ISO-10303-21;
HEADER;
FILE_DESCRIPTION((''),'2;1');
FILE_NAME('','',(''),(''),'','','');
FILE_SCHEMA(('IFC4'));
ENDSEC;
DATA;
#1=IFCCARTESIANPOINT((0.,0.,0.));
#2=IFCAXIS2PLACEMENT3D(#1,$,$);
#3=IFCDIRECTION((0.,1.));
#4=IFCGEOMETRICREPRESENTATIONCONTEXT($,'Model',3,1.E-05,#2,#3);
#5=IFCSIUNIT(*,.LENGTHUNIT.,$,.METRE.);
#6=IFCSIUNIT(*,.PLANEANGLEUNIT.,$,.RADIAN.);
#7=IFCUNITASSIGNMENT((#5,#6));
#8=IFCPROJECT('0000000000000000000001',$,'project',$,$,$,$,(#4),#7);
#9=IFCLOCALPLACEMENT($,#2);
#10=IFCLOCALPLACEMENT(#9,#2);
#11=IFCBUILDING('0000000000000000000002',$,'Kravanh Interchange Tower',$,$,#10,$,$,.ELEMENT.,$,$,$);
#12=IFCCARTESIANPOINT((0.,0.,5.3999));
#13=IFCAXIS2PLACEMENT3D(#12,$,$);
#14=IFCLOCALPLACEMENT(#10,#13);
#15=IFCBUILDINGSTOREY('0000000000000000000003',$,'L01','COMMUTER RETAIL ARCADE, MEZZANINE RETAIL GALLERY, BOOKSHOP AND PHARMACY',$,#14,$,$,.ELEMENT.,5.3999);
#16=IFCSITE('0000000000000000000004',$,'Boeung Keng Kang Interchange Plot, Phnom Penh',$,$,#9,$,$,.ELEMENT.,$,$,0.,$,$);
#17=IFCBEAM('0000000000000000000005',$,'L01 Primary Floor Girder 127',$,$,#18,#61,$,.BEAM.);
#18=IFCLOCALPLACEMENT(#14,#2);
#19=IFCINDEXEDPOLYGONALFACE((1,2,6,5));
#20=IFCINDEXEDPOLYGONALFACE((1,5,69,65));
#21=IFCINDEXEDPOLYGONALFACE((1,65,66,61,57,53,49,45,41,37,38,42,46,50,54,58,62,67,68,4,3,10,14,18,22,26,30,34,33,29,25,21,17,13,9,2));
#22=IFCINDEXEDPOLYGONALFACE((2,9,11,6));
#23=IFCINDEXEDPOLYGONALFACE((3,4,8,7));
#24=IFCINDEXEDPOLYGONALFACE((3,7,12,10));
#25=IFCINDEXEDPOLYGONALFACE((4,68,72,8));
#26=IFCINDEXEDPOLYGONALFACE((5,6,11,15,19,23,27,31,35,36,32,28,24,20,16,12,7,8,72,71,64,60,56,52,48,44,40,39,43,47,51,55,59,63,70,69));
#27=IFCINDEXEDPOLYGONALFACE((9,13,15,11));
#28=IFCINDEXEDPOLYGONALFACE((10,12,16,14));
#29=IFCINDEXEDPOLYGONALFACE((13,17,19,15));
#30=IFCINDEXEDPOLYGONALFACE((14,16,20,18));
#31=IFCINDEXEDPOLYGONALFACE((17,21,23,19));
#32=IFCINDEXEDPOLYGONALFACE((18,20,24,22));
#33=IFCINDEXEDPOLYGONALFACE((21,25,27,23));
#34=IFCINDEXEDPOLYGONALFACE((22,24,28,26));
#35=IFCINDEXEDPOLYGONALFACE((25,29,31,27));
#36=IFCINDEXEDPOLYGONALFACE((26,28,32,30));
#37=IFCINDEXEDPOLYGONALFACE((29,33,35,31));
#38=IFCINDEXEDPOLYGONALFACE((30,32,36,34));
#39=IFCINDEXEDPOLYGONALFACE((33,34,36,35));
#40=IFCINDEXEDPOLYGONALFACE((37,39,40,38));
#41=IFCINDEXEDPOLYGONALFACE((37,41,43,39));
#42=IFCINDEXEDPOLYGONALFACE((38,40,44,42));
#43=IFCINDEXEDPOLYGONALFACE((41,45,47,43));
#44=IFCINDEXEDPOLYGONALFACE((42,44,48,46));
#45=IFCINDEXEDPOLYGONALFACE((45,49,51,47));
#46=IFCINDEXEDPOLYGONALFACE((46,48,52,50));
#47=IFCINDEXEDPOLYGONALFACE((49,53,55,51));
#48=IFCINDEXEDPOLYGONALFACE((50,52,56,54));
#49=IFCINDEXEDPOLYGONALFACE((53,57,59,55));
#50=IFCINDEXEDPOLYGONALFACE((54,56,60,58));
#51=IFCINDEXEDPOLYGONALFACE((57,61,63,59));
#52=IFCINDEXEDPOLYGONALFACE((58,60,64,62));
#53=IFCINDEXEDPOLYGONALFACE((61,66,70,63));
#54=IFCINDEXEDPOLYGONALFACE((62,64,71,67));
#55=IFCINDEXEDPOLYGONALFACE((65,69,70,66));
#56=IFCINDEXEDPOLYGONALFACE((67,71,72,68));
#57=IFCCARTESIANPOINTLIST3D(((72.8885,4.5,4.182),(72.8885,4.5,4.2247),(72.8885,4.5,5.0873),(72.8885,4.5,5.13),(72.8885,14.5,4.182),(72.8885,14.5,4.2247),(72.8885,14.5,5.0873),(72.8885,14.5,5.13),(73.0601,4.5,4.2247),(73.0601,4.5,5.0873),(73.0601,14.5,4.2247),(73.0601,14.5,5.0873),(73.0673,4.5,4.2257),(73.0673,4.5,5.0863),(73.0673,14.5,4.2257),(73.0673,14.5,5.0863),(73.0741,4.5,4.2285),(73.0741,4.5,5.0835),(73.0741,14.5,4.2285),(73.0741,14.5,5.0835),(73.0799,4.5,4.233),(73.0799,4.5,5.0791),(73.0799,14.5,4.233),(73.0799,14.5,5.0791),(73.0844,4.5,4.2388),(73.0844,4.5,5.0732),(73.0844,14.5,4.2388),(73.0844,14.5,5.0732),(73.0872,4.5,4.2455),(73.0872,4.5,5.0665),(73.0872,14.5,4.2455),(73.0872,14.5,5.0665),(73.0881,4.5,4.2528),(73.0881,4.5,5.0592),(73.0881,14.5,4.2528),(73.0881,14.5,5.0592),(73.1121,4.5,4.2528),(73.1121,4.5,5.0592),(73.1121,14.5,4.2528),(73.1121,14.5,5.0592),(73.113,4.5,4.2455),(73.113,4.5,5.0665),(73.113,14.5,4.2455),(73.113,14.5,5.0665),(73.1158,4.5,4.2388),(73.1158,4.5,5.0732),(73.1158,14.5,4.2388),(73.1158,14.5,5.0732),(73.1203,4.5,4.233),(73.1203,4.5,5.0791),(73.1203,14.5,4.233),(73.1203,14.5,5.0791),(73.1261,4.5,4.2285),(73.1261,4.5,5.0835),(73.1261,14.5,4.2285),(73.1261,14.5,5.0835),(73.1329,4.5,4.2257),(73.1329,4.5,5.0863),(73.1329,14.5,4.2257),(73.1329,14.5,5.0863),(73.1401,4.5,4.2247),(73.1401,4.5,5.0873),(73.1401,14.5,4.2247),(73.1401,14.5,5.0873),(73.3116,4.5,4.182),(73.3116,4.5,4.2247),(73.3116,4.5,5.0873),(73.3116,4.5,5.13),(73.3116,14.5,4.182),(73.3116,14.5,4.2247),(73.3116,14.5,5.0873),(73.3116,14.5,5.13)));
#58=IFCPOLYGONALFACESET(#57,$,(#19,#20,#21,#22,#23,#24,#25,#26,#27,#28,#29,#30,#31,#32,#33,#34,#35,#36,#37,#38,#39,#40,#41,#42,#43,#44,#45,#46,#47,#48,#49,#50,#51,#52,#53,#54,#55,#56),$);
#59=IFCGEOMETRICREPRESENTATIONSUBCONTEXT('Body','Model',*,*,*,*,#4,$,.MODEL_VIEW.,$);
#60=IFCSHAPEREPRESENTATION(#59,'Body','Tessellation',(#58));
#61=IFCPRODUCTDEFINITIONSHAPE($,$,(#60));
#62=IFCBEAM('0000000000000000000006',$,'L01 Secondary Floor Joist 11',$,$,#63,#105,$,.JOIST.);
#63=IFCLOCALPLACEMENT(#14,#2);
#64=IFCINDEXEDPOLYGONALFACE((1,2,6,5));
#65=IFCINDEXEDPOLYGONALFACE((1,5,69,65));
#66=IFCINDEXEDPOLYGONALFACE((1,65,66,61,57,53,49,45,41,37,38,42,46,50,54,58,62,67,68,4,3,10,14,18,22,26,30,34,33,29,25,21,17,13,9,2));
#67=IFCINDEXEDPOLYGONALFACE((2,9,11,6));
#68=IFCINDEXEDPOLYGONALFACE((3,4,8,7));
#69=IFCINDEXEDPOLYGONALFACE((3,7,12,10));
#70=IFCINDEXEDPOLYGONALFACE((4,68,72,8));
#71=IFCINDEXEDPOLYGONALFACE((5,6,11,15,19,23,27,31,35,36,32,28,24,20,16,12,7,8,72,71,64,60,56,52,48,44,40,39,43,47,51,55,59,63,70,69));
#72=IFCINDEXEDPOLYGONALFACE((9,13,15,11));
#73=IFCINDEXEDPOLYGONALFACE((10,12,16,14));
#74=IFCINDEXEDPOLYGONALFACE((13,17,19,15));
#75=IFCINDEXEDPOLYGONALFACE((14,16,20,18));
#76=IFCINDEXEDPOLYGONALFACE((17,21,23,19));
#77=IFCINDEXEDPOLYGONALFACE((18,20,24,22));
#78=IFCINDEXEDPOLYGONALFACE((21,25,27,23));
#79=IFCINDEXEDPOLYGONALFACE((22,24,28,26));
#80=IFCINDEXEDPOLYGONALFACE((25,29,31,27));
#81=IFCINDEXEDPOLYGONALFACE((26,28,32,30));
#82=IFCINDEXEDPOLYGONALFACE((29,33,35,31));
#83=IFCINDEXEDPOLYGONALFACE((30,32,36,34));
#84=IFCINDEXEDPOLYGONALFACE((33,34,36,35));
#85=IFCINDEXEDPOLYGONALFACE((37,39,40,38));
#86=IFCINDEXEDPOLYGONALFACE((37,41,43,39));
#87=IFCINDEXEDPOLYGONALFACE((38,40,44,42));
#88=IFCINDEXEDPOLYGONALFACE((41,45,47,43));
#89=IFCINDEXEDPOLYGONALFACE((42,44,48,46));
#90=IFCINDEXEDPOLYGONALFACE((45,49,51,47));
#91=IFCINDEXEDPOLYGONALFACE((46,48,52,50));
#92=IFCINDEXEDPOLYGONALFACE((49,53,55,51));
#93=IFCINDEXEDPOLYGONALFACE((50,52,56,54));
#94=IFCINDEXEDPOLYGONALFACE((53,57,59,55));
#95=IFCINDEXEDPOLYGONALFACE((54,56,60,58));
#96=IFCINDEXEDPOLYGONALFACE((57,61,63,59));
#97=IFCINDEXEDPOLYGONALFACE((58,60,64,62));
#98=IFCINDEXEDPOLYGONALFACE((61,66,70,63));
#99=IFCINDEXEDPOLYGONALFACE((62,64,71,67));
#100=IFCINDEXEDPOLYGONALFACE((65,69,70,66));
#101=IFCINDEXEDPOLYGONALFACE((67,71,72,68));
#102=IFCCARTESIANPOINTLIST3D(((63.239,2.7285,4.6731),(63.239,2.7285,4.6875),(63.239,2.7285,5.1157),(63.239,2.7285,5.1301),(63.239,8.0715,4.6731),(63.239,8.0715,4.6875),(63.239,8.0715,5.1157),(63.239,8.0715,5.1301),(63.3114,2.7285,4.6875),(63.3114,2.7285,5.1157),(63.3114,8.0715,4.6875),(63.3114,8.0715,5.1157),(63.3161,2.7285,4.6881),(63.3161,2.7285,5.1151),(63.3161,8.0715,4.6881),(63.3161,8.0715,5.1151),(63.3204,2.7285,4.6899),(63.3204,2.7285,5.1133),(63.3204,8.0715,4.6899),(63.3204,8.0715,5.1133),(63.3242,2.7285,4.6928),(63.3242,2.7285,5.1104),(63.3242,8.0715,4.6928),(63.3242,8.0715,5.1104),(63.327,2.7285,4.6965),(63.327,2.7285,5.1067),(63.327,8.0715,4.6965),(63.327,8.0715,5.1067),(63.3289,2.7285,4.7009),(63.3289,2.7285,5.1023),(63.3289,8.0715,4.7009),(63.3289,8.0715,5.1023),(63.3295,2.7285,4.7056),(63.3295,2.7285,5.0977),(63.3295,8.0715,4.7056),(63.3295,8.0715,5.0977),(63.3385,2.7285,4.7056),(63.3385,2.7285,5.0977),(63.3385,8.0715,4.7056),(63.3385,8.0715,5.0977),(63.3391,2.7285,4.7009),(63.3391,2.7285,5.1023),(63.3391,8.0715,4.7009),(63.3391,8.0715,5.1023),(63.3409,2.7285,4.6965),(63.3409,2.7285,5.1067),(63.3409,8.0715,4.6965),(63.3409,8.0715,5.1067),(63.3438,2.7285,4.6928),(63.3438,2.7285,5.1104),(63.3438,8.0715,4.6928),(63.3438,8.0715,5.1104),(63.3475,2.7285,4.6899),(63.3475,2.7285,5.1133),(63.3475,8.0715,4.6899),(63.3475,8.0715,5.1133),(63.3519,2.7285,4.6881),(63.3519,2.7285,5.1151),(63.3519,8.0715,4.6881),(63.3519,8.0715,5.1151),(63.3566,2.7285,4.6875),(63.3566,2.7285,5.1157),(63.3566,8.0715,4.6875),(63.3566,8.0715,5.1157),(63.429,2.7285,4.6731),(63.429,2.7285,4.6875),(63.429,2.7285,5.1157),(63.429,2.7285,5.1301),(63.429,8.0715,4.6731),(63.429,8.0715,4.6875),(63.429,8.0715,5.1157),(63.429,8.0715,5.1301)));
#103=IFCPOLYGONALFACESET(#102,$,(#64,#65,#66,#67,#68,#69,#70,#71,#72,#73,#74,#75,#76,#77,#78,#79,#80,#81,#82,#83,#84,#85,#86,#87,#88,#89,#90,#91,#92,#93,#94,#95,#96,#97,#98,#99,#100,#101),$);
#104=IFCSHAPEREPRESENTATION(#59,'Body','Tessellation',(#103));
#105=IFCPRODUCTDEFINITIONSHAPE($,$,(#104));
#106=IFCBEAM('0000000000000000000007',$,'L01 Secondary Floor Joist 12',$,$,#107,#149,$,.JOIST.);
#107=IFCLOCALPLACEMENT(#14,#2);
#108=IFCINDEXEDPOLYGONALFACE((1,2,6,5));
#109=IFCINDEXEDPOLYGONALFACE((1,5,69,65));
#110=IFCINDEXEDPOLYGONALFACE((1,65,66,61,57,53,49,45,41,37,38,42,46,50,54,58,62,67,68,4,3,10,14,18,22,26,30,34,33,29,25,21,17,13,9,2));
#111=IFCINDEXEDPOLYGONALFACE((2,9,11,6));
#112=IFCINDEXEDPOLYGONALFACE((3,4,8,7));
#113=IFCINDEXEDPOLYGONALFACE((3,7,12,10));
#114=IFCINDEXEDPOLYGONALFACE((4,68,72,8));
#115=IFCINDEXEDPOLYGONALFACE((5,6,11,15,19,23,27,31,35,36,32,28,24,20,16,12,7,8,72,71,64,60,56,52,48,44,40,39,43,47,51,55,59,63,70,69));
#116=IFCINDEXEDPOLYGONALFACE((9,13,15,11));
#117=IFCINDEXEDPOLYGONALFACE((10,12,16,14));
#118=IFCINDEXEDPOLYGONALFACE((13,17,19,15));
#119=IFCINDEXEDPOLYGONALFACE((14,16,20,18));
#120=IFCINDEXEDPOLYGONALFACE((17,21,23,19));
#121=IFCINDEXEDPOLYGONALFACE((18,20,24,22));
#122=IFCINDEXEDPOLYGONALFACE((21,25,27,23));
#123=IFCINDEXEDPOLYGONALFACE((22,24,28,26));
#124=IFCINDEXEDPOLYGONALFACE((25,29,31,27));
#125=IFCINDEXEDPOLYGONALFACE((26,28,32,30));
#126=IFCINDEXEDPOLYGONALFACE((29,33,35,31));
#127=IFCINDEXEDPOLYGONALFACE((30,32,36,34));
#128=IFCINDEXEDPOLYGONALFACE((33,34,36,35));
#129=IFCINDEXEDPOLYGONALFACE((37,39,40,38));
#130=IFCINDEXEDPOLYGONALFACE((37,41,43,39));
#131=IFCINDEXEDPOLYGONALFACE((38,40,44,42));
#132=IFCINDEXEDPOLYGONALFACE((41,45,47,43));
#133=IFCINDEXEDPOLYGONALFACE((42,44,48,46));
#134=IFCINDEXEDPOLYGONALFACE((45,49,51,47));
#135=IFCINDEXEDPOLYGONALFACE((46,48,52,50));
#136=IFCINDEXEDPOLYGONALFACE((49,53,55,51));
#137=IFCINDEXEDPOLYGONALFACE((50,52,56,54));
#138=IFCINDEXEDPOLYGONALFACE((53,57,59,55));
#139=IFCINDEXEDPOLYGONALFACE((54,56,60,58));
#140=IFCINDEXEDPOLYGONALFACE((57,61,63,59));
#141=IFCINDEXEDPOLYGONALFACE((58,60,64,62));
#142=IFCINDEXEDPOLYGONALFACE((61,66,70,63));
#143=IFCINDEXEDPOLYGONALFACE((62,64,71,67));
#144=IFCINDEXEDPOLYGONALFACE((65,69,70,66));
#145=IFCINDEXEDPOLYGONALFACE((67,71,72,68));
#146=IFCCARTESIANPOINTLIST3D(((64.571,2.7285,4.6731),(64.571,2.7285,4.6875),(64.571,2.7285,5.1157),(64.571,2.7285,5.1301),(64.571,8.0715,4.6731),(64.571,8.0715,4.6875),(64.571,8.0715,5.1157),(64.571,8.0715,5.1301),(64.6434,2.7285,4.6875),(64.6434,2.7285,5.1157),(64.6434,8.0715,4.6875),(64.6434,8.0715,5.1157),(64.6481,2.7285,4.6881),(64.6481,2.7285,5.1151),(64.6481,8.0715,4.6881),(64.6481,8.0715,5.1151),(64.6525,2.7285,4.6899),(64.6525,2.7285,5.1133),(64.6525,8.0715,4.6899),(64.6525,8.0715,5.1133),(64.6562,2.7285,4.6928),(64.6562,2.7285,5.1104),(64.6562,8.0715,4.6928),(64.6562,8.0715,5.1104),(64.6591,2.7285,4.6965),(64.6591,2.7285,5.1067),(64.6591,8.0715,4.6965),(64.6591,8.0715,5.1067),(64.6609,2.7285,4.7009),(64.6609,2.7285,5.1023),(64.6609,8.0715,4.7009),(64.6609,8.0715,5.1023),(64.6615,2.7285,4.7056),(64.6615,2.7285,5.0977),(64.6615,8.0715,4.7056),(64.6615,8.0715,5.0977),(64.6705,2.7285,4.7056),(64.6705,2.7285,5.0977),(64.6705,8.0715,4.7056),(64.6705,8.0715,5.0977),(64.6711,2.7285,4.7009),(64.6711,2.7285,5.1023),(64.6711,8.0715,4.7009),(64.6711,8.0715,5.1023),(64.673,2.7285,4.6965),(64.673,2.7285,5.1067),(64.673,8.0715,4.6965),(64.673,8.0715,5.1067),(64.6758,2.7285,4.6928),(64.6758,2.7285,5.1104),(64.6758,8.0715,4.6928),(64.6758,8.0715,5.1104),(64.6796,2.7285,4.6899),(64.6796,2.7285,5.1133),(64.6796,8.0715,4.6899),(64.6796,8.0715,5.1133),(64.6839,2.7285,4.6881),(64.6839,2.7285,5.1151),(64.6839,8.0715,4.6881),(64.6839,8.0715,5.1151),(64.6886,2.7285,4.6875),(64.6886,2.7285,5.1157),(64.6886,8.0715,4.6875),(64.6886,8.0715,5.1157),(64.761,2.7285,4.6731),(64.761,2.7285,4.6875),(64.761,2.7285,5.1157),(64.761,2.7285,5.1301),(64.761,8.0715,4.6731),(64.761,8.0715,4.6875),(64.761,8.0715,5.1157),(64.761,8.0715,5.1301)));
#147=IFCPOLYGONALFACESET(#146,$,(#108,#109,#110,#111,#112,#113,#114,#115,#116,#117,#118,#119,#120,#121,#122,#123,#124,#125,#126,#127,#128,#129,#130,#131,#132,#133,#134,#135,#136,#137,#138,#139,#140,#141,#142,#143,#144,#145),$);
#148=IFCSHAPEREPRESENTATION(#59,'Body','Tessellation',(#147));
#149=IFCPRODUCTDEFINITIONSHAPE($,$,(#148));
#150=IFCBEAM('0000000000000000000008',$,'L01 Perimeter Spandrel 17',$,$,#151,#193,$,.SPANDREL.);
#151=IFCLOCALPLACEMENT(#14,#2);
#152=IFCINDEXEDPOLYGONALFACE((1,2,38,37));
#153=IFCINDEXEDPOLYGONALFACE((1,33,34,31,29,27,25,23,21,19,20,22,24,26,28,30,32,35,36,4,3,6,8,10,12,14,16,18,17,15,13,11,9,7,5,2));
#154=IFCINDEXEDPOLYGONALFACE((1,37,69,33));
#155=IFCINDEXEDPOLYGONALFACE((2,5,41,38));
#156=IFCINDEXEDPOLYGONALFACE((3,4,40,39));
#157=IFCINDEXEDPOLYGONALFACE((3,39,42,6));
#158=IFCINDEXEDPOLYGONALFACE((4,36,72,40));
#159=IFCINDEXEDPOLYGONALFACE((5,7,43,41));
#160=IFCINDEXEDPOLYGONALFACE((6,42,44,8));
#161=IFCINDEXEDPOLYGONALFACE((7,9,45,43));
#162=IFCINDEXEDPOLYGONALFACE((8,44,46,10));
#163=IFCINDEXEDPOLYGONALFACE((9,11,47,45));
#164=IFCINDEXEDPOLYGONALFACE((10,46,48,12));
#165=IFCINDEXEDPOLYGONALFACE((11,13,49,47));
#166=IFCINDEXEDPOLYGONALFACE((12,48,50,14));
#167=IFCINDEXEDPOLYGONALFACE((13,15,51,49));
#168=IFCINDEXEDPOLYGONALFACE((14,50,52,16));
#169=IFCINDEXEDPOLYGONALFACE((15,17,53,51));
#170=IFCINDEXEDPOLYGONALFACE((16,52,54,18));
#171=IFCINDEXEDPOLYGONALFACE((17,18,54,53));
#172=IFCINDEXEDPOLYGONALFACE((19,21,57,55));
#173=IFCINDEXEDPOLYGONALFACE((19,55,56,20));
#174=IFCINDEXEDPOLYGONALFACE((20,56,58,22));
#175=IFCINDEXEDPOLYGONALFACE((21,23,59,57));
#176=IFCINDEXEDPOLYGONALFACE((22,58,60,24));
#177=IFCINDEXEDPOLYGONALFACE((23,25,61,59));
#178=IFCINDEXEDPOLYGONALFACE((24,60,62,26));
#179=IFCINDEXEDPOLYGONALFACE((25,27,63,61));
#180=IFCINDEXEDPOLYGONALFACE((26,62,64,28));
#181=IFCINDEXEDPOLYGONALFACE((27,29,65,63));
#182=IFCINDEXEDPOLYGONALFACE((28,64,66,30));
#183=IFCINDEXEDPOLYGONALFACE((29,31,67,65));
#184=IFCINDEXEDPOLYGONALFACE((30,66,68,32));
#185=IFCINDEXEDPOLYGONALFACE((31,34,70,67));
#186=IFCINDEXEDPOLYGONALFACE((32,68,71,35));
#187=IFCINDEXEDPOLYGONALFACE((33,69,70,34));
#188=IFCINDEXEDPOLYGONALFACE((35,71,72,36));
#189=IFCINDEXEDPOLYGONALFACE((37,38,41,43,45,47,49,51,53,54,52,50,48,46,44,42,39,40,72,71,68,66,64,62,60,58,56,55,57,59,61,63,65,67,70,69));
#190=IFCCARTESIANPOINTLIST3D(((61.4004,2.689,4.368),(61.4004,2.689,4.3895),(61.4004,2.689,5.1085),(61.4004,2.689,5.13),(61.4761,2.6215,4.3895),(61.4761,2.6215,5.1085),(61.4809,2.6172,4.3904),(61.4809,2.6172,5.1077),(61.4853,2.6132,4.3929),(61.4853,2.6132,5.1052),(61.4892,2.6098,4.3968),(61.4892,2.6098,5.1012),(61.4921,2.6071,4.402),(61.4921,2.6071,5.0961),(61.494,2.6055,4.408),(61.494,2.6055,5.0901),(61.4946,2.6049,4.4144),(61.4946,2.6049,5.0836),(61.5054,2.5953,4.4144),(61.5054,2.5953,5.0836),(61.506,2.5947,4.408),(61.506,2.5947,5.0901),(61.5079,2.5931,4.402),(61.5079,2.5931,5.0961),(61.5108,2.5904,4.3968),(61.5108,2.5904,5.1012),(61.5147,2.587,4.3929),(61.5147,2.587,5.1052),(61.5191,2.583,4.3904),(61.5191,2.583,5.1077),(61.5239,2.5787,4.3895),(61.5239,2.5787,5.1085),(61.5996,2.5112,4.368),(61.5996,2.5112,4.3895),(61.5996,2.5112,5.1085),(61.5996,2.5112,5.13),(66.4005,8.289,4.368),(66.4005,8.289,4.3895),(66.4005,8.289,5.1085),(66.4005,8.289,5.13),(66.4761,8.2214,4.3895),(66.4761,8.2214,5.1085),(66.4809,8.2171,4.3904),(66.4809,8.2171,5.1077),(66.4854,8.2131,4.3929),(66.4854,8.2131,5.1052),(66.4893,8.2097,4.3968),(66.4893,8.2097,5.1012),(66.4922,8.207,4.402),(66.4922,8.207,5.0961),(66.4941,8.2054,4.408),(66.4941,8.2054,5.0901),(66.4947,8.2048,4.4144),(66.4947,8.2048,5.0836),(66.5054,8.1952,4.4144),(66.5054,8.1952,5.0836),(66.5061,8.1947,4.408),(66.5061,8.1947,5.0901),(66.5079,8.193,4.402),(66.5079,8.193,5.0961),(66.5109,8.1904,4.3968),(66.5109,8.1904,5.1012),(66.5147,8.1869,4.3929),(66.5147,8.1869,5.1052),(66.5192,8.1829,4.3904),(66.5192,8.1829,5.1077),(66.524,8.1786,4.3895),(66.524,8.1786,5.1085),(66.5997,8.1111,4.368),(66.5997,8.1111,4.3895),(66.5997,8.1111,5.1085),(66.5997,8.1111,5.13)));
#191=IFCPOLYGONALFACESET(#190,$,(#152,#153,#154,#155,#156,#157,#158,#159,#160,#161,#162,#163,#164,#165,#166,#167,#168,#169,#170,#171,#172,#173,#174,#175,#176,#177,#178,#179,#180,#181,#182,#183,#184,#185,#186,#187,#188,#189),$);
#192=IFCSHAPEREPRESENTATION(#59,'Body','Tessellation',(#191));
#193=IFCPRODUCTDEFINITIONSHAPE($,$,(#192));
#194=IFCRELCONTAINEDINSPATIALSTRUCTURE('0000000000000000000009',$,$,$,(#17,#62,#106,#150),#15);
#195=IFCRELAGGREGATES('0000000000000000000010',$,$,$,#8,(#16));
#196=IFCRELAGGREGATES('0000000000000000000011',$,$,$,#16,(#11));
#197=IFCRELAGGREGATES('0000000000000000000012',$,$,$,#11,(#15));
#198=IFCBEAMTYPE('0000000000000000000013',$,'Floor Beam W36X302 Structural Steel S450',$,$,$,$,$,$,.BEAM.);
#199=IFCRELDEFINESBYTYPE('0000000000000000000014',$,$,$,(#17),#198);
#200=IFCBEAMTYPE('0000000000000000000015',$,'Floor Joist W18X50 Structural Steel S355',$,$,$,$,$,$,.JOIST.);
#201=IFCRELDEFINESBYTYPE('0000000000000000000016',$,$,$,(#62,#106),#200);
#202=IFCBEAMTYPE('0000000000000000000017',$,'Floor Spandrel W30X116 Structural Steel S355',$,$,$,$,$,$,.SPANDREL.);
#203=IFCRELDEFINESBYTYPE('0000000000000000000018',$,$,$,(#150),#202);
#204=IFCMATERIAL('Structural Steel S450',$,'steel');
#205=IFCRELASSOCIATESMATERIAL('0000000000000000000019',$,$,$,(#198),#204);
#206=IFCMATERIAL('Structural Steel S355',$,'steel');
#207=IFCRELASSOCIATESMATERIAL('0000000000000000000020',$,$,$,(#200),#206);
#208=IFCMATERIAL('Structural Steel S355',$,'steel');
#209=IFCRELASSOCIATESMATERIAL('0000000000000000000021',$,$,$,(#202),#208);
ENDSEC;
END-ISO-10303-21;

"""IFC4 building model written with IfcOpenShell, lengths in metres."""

from ifc_helpers import new_model, si_unit, direction, frame, origin, origin_2d, place, context, subcontext, project, spatial, i_section, extrude, material, material_profile, profile_set, type_object, element, save


model = new_model("IFC4")

# Units and contexts
model_context = context("Model", 3, precision=1e-05, world=origin(), true_north=direction((0.0, 1.0)))
body_context = subcontext(model_context, "Body", "Model", "MODEL_VIEW")
ifc_project = project(units=[si_unit("LENGTHUNIT", "METRE"), si_unit("PLANEANGLEUNIT", "RADIAN")], contexts=[model_context])

# Site, building, storey
site_placement = place(None, origin())
site = spatial("IfcSite", under=ifc_project, at=site_placement, Name="Boeung Keng Kang Interchange Plot, Phnom Penh", CompositionType="ELEMENT", RefElevation=0.0)
building_placement = place(site_placement, origin())
building = spatial("IfcBuilding", under=site, at=building_placement, Name="Kravanh Interchange Tower", CompositionType="ELEMENT")
storey_placement = place(building_placement, frame((0.0, 0.0, 5.3999)))
storey = spatial("IfcBuildingStorey", under=building, at=storey_placement, Name="L01", Description="COMMUTER RETAIL ARCADE, MEZZANINE RETAIL GALLERY, BOOKSHOP AND PHARMACY", CompositionType="ELEMENT", Elevation=5.3999)

# Beams
ifc_material_1 = material(Name="Structural Steel S450", Category="steel")
ifc_material_profile_1 = material_profile(ifc_material_1, i_section(OverallWidth=0.4231, OverallDepth=0.948, WebThickness=0.0239, FlangeThickness=0.0427, FilletRadius=0.0281, at=origin_2d()), Name="W36X302")
ifc_profile_set_1 = profile_set([ifc_material_profile_1], Name="Structural Steel S450")
beam_type_1 = type_object("IfcBeamType", Name="Floor Beam W36X302 Structural Steel S450", PredefinedType="BEAM", material=ifc_profile_set_1)
beam_1_placement = place(storey_placement, frame((73.1001, 4.5, 4.656), z_axis=(0.0, 1.0, 0.0), x_axis=(-1.0, 0.0, 0.0)))
element("IfcBeam", 1, at=beam_1_placement, inside=storey, type_object=beam_type_1, Name="L01 Primary Floor Girder 127", PredefinedType="BEAM", context=body_context, shape_type="SweptSolid", body=[
    extrude(i_section(OverallWidth=0.4231, OverallDepth=0.948, WebThickness=0.0239, FlangeThickness=0.0427, FilletRadius=0.0281, at=origin_2d()), origin(), (0.0, 0.0, 1.0), 10.0),
])
ifc_material_2 = material(Name="Structural Steel S355", Category="steel")
ifc_material_profile_2 = material_profile(ifc_material_2, i_section(OverallWidth=0.1899, OverallDepth=0.457, WebThickness=0.009, FlangeThickness=0.0144, FilletRadius=0.0181, at=origin_2d()), Name="W18X50")
ifc_profile_set_2 = profile_set([ifc_material_profile_2], Name="Structural Steel S355")
beam_type_2 = type_object("IfcBeamType", Name="Floor Joist W18X50 Structural Steel S355", PredefinedType="JOIST", material=ifc_profile_set_2)
for number, where, z_axis, x_axis, name in (
    (2, (63.334, 2.7285, 4.9016), (0.0, 1.0, 0.0), (-1.0, 0.0, 0.0), "L01 Secondary Floor Joist 11"),
    (3, (64.666, 2.7285, 4.9016), (0.0, 1.0, 0.0), (-1.0, 0.0, 0.0), "L01 Secondary Floor Joist 12"),
):
    element("IfcBeam", number, at=place(storey_placement, frame(where, z_axis=z_axis, x_axis=x_axis)), inside=storey, type_object=beam_type_2, Name=name, PredefinedType="JOIST", context=body_context, shape_type="SweptSolid", body=[
        extrude(i_section(OverallWidth=0.1899, OverallDepth=0.457, WebThickness=0.009, FlangeThickness=0.0144, FilletRadius=0.0181, at=origin_2d()), origin(), (0.0, 0.0, 1.0), 5.343),
    ])
ifc_material_3 = material(Name="Structural Steel S355", Category="steel")
ifc_material_profile_3 = material_profile(ifc_material_3, i_section(OverallWidth=0.2671, OverallDepth=0.762, WebThickness=0.0144, FlangeThickness=0.0215, FilletRadius=0.0249, at=origin_2d()), Name="W30X116")
ifc_profile_set_3 = profile_set([ifc_material_profile_3], Name="Structural Steel S355")
beam_type_3 = type_object("IfcBeamType", Name="Floor Spandrel W30X116 Structural Steel S355", PredefinedType="SPANDREL", material=ifc_profile_set_3)
beam_2_placement = place(storey_placement, frame((61.5, 2.6001, 4.749), z_axis=(0.666025, 0.745929, 0.0), x_axis=(-0.745929, 0.666025, 0.0)))
element("IfcBeam", 4, at=beam_2_placement, inside=storey, type_object=beam_type_3, Name="L01 Perimeter Spandrel 17", PredefinedType="SPANDREL", context=body_context, shape_type="SweptSolid", body=[
    extrude(i_section(OverallWidth=0.2671, OverallDepth=0.762, WebThickness=0.0144, FlangeThickness=0.0215, FilletRadius=0.0249, at=origin_2d()), origin(), (0.0, 0.0, 1.0), 7.5073),
])

save(model, "model.ifc")
